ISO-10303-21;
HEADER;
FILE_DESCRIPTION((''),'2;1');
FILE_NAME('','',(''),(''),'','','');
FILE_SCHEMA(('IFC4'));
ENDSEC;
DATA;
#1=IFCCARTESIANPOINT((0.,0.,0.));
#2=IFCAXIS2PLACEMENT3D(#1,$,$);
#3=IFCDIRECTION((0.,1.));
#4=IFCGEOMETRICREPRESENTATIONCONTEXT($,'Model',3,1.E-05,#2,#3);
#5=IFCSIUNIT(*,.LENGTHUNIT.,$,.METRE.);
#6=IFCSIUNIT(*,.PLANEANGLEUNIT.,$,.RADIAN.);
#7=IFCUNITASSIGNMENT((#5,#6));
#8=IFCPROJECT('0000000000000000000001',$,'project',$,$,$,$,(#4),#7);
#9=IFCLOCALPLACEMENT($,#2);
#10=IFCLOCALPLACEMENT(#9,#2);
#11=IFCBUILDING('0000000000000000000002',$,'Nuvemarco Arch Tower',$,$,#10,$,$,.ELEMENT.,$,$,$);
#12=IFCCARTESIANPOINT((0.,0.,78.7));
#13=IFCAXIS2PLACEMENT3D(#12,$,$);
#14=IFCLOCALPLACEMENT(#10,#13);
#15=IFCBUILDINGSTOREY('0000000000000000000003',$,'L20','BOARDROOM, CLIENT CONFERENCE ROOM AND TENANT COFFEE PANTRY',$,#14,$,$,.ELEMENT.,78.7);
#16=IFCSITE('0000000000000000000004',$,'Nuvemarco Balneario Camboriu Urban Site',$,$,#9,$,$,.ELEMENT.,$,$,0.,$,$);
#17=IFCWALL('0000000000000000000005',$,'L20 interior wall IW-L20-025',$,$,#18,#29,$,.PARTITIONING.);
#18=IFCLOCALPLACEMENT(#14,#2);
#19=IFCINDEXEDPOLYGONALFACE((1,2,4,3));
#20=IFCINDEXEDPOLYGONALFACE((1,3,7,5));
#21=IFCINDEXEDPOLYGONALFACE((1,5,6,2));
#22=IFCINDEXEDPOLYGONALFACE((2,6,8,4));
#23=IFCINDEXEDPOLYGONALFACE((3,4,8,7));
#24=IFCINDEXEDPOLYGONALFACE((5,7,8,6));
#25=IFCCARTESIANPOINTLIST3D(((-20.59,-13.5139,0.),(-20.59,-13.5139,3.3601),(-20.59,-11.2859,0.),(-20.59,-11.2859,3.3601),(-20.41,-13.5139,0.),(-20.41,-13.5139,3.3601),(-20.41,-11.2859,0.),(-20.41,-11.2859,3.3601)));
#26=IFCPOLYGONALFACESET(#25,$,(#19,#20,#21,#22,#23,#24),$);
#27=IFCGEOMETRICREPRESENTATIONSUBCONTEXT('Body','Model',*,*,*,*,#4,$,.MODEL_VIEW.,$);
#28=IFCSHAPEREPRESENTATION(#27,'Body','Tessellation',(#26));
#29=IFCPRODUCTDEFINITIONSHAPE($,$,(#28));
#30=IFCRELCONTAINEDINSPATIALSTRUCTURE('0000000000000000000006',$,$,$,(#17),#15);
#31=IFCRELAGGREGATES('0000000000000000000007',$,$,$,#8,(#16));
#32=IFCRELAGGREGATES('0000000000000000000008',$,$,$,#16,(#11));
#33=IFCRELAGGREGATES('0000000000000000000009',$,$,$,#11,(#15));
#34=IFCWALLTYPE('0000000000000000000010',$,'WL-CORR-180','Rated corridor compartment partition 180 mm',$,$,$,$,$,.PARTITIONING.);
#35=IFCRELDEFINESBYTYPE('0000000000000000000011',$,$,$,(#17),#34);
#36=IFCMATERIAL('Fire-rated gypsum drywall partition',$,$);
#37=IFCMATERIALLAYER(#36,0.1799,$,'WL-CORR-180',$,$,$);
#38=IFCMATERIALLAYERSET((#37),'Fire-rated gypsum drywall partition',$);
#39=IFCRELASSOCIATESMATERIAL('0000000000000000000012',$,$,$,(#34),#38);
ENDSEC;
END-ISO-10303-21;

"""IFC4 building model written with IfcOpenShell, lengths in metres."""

from ifc_helpers import new_model, si_unit, direction, frame, frame_2d, origin, place, context, subcontext, project, spatial, rectangle, extrude, material, layer, layer_set, type_object, element, save


model = new_model("IFC4")

# Units and contexts
model_context = context("Model", 3, precision=1e-05, world=origin(), true_north=direction((0.0, 1.0)))
body_context = subcontext(model_context, "Body", "Model", "MODEL_VIEW")
ifc_project = project(units=[si_unit("LENGTHUNIT", "METRE"), si_unit("PLANEANGLEUNIT", "RADIAN")], contexts=[model_context])

# Site, building, storey
site_placement = place(None, origin())
site = spatial("IfcSite", under=ifc_project, at=site_placement, Name="Nuvemarco Balneario Camboriu Urban Site", CompositionType="ELEMENT", RefElevation=0.0)
building_placement = place(site_placement, origin())
building = spatial("IfcBuilding", under=site, at=building_placement, Name="Nuvemarco Arch Tower", CompositionType="ELEMENT")
storey_placement = place(building_placement, frame((0.0, 0.0, 78.7)))
storey = spatial("IfcBuildingStorey", under=building, at=storey_placement, Name="L20", Description="BOARDROOM, CLIENT CONFERENCE ROOM AND TENANT COFFEE PANTRY", CompositionType="ELEMENT", Elevation=78.7)

# Shared definitions
ifc_material_1 = material(Name="Fire-rated gypsum drywall partition")
ifc_layer = layer(ifc_material_1, 0.1799, Name="WL-CORR-180")
ifc_layer_set = layer_set([ifc_layer], Name="Fire-rated gypsum drywall partition")
wall_type = type_object("IfcWallType", Name="WL-CORR-180", Description="Rated corridor compartment partition 180 mm", PredefinedType="PARTITIONING", material=ifc_layer_set)

# Wall
wall_1_placement = place(storey_placement, frame((-20.5, -13.5139, 0.0), z_axis=(0.0, 0.0, 1.0), x_axis=(0.0, 1.0, 0.0)))
element("IfcWall", 1, at=wall_1_placement, inside=storey, type_object=wall_type, Name="L20 interior wall IW-L20-025", PredefinedType="PARTITIONING", context=body_context, shape_type="SweptSolid", body=[
    extrude(rectangle(XDim=2.228, YDim=0.1799, at=frame_2d((1.114, 0.0))), origin(), (0.0, 0.0, 1.0), 3.3601),
])

save(model, "model.ifc")
